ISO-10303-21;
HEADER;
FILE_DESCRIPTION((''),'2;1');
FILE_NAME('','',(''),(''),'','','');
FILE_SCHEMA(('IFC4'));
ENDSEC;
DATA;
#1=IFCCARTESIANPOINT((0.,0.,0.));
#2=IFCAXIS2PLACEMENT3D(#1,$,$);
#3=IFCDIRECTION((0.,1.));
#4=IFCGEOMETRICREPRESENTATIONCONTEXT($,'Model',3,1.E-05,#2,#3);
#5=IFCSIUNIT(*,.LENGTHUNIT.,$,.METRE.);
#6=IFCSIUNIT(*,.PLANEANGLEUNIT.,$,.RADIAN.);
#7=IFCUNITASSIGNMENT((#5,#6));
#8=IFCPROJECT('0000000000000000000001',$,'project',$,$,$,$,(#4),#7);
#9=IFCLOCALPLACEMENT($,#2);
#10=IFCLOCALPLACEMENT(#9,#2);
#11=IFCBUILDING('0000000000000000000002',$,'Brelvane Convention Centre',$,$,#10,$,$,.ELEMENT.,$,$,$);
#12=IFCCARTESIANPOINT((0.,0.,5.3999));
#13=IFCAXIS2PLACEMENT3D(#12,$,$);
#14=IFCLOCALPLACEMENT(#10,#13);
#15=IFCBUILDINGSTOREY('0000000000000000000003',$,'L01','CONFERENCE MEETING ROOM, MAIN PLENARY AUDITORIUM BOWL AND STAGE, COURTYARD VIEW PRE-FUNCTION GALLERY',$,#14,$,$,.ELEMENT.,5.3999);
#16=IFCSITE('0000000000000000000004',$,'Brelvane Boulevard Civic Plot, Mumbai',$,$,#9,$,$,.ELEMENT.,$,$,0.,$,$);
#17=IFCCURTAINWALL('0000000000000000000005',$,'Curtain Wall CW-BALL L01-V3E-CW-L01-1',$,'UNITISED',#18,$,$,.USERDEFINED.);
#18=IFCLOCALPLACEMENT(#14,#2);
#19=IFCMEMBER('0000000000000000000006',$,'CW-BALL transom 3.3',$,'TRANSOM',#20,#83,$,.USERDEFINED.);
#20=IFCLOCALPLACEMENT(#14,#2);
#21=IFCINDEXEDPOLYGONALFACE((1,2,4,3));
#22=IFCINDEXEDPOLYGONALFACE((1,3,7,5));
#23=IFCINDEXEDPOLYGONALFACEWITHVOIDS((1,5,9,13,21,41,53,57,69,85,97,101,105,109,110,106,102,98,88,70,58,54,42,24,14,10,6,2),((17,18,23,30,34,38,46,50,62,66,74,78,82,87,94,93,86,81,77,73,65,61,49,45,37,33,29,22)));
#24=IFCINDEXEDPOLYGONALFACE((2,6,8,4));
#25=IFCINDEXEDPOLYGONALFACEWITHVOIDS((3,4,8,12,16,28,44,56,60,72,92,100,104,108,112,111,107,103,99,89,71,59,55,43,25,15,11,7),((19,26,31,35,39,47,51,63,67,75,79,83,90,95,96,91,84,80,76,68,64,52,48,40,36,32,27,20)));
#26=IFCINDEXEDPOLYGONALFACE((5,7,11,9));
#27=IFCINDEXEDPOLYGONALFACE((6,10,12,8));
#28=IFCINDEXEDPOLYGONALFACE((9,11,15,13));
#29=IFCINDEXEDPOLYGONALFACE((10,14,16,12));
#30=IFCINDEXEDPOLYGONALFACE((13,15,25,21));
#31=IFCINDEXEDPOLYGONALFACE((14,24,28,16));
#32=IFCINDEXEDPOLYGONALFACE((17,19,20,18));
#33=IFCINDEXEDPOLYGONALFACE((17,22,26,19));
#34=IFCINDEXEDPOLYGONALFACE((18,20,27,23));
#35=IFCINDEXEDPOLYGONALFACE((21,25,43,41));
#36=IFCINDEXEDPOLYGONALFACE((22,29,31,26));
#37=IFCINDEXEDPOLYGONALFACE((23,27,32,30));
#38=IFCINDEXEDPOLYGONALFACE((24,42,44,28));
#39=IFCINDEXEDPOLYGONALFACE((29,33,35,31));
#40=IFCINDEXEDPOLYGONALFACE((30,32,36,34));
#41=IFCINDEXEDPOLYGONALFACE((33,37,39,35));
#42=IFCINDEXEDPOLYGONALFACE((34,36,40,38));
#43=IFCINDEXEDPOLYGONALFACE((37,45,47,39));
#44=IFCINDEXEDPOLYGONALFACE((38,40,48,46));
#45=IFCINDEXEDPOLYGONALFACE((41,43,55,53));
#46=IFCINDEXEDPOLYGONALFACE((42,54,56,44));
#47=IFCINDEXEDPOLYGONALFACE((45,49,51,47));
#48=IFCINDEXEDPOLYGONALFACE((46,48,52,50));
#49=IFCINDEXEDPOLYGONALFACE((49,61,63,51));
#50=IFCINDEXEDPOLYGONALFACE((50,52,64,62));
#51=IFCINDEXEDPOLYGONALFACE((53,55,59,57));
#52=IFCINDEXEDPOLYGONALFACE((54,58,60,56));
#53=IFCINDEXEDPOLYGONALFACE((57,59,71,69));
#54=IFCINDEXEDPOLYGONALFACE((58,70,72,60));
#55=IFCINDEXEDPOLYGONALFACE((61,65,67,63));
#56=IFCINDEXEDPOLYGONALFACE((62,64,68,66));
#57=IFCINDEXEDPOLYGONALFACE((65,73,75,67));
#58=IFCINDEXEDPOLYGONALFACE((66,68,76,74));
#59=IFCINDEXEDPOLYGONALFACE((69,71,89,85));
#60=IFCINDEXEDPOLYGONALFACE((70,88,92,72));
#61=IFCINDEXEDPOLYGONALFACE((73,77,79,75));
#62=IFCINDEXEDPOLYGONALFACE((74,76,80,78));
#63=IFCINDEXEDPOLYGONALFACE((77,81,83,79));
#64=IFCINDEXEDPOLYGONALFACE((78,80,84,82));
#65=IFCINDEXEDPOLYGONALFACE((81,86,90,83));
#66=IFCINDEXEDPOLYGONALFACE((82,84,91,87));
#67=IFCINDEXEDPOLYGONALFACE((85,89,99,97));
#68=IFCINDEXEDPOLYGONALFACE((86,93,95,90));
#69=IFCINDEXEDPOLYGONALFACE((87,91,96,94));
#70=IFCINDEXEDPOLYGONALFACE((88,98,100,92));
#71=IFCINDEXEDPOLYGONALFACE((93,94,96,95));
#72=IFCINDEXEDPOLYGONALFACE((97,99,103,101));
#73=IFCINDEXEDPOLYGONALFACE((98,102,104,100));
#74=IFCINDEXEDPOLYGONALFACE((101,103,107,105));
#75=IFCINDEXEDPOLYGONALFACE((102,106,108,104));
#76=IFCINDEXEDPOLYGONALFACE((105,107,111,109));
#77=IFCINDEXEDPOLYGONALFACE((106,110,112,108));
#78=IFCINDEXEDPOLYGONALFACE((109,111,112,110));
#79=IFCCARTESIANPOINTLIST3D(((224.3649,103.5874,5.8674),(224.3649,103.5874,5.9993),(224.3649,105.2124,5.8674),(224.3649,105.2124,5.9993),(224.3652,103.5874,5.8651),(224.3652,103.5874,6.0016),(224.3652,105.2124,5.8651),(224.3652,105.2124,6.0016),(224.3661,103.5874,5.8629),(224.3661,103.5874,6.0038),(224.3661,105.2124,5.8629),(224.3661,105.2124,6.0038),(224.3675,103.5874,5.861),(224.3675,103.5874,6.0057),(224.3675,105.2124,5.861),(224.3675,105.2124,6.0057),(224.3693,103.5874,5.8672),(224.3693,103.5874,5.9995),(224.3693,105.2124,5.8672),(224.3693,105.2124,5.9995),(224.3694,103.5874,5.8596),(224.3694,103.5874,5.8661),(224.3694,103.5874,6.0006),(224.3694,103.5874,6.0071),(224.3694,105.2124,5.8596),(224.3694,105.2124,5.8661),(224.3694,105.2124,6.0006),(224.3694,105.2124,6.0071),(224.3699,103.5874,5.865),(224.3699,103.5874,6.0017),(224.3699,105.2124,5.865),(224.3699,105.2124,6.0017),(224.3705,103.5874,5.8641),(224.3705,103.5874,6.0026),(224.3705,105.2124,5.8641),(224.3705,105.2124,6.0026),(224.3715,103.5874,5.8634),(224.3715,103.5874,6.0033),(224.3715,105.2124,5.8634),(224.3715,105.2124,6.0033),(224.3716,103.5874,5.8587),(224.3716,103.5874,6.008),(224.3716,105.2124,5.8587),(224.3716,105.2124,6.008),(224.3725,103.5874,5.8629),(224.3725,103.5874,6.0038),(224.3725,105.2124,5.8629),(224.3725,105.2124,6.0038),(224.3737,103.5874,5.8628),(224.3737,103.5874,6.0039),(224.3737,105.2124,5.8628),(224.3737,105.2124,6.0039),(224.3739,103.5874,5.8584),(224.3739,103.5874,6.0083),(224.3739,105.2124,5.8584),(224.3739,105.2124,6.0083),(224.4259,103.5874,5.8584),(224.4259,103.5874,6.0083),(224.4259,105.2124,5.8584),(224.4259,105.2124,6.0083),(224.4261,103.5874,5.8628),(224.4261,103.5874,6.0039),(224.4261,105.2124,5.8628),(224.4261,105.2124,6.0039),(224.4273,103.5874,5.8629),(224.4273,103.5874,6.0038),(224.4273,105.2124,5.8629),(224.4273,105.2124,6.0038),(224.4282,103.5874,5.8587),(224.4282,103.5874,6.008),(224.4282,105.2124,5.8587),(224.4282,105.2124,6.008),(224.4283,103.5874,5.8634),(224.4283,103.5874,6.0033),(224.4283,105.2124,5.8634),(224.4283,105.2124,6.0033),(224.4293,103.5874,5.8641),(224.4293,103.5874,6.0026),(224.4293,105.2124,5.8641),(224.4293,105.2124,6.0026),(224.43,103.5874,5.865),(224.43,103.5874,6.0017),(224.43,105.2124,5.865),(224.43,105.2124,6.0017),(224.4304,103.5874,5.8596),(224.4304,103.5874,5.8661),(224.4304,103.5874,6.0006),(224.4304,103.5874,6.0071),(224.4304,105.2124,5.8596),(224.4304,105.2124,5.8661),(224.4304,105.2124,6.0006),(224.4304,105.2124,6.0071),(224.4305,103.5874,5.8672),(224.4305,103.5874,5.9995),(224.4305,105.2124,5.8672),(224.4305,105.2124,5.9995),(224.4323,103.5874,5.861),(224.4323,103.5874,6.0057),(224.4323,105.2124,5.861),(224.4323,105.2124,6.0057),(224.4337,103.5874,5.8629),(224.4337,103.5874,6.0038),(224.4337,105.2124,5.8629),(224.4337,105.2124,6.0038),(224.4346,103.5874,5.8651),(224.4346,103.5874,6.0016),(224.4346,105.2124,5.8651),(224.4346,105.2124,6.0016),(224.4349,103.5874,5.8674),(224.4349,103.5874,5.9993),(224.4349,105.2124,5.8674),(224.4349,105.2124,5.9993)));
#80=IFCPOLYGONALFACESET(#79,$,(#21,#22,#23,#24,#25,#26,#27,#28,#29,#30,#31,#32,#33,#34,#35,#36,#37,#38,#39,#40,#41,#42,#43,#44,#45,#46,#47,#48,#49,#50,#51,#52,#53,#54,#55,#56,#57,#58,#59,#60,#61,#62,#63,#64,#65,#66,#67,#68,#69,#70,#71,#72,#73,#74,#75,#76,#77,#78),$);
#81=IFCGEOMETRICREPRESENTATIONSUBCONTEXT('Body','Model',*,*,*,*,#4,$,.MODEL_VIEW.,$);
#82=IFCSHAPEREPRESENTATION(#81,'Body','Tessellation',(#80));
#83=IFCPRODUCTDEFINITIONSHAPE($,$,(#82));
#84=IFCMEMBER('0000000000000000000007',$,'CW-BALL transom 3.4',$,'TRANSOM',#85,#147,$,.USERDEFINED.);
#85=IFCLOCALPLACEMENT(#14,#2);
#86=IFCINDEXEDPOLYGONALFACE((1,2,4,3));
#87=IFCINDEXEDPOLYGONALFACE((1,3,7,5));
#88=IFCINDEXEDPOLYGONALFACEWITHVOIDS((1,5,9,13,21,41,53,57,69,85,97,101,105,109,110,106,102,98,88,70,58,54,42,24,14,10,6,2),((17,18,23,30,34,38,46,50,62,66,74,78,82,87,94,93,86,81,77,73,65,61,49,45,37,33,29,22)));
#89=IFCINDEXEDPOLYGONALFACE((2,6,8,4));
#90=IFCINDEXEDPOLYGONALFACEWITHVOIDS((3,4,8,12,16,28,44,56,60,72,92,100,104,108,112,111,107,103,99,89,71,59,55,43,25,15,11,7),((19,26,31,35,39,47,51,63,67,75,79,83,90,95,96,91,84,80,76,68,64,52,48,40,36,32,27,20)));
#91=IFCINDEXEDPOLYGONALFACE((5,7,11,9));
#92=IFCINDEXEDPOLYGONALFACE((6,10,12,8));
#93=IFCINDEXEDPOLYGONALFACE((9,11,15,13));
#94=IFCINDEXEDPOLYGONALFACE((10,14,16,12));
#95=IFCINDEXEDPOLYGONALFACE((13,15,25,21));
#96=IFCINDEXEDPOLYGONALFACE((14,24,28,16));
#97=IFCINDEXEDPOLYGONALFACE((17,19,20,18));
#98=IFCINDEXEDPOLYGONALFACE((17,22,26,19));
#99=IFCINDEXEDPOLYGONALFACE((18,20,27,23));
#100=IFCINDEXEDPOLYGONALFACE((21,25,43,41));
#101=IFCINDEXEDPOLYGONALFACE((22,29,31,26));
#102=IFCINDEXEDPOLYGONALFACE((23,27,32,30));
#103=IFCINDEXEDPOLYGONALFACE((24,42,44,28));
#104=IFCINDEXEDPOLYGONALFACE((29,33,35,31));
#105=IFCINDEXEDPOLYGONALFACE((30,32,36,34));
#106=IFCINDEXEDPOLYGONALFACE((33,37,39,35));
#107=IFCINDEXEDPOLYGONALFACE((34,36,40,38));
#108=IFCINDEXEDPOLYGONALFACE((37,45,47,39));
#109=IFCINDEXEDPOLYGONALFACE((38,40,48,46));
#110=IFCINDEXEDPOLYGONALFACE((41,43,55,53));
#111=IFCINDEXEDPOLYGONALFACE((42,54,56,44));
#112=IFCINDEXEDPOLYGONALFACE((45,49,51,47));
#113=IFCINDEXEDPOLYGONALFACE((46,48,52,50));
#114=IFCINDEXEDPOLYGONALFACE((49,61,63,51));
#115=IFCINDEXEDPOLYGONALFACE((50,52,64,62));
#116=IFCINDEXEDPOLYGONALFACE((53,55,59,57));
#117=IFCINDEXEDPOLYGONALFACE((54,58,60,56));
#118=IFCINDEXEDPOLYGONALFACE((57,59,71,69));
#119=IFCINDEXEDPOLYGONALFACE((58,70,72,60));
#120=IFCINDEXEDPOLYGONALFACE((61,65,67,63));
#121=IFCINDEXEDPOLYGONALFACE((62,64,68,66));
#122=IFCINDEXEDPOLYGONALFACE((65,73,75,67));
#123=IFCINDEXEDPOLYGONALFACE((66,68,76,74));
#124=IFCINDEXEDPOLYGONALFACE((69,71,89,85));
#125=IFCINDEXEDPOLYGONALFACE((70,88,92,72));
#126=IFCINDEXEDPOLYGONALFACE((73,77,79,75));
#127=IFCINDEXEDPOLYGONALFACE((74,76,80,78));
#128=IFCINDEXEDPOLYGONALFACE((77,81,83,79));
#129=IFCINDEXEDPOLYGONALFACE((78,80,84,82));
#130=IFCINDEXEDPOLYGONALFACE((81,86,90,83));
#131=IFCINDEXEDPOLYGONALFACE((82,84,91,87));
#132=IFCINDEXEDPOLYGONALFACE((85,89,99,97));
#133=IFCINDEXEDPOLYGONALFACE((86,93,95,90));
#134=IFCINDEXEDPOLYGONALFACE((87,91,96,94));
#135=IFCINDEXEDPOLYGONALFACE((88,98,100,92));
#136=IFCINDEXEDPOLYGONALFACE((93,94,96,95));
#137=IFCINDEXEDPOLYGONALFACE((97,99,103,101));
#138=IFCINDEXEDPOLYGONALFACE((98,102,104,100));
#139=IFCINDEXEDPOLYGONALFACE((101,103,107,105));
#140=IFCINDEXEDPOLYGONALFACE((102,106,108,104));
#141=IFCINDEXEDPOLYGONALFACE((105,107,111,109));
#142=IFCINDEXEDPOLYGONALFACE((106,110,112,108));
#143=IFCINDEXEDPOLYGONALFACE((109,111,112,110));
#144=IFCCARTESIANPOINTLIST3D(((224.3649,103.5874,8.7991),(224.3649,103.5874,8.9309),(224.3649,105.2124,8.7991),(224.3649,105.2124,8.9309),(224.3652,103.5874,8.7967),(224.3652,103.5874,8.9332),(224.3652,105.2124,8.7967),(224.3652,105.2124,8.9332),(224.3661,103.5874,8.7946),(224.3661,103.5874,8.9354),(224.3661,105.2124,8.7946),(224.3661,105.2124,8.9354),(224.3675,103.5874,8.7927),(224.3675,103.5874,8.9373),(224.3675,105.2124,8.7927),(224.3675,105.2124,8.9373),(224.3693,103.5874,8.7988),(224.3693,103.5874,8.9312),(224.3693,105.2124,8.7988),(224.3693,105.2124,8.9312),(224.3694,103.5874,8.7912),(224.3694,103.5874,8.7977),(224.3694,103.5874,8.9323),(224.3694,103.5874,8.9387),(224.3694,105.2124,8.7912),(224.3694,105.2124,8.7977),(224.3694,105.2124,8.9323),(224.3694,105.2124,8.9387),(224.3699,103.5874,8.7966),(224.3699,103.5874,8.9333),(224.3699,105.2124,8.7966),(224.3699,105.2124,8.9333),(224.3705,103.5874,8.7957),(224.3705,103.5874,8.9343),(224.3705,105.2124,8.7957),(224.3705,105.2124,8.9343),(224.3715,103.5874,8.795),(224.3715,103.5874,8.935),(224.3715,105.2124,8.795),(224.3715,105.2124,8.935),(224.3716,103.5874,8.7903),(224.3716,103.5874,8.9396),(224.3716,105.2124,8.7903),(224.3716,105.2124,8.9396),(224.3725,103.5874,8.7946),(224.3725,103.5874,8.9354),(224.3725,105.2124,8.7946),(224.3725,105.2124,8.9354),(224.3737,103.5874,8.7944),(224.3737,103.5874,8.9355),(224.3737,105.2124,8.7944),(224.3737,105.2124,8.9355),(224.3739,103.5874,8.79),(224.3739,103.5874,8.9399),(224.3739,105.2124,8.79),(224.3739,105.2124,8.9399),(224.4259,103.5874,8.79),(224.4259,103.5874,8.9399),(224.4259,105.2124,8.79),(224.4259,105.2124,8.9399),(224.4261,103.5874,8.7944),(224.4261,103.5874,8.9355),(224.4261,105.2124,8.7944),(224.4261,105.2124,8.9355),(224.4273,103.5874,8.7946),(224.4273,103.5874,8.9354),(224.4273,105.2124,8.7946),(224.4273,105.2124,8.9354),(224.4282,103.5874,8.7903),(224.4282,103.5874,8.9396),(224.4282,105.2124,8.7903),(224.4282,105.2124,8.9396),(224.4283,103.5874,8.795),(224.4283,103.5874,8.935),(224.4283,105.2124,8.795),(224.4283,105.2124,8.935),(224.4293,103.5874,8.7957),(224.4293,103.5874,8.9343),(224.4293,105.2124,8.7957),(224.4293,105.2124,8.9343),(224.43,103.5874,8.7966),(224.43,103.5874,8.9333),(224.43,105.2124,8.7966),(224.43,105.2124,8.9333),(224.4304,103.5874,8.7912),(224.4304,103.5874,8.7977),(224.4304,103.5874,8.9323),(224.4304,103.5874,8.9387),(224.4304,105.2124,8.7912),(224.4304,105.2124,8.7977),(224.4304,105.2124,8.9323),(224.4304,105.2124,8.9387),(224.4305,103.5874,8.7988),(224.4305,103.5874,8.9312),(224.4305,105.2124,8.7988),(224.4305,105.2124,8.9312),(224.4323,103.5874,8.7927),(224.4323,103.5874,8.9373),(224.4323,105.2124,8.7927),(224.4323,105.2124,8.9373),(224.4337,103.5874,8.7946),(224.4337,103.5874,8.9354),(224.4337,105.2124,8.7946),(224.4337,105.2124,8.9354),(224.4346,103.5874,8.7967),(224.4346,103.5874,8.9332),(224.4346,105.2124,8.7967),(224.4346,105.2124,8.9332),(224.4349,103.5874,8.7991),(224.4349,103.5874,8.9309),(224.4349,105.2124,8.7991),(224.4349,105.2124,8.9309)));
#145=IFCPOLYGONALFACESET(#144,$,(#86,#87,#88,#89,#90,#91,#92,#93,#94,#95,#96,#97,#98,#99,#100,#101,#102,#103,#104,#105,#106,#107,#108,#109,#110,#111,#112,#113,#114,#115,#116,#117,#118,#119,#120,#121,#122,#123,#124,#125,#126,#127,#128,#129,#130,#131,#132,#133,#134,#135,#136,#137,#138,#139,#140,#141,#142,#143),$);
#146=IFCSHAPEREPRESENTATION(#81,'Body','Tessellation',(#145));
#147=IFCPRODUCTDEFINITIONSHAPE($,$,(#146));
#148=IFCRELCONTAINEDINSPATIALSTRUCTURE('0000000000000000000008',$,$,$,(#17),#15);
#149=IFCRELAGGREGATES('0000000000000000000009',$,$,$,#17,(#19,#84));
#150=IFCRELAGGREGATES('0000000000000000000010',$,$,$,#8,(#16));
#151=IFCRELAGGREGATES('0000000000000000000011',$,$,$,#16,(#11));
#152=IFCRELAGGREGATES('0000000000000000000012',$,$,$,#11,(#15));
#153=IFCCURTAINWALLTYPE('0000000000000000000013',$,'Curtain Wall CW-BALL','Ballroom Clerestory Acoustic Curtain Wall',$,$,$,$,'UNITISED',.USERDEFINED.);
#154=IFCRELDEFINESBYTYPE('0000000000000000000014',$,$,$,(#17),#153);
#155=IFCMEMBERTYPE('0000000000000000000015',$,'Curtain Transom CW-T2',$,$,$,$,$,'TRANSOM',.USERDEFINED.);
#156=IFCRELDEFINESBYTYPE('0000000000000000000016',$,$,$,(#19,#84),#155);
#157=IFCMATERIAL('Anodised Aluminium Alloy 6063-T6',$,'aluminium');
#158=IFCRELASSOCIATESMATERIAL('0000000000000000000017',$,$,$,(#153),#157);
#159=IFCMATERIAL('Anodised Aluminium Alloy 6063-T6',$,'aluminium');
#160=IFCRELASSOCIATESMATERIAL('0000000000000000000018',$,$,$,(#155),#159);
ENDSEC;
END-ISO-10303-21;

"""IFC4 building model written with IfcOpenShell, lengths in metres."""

from ifc_helpers import new_model, si_unit, direction, frame, origin, origin_2d, place, context, subcontext, project, spatial, hollow_rectangle, extrude, material, material_profile, profile_set, type_object, element, aggregate, save


model = new_model("IFC4")

# Units and contexts
model_context = context("Model", 3, precision=1e-05, world=origin(), true_north=direction((0.0, 1.0)))
body_context = subcontext(model_context, "Body", "Model", "MODEL_VIEW")
ifc_project = project(units=[si_unit("LENGTHUNIT", "METRE"), si_unit("PLANEANGLEUNIT", "RADIAN")], contexts=[model_context])

# Site, building, storey
site_placement = place(None, origin())
site = spatial("IfcSite", under=ifc_project, at=site_placement, Name="Brelvane Boulevard Civic Plot, Mumbai", CompositionType="ELEMENT", RefElevation=0.0)
building_placement = place(site_placement, origin())
building = spatial("IfcBuilding", under=site, at=building_placement, Name="Brelvane Convention Centre", CompositionType="ELEMENT")
storey_placement = place(building_placement, frame((0.0, 0.0, 5.3999)))
storey = spatial("IfcBuildingStorey", under=building, at=storey_placement, Name="L01", Description="CONFERENCE MEETING ROOM, MAIN PLENARY AUDITORIUM BOWL AND STAGE, COURTYARD VIEW PRE-FUNCTION GALLERY", CompositionType="ELEMENT", Elevation=5.3999)

# Curtain wall, members
ifc_material_1 = material(Name="Anodised Aluminium Alloy 6063-T6", Category="aluminium")
curtain_wall_type = type_object("IfcCurtainWallType", Name="Curtain Wall CW-BALL", Description="Ballroom Clerestory Acoustic Curtain Wall", ElementType="UNITISED", PredefinedType="USERDEFINED", material=ifc_material_1)
curtain_wall_placement = place(storey_placement, origin())
curtain_wall = element("IfcCurtainWall", 1, at=curtain_wall_placement, inside=storey, type_object=curtain_wall_type, Name="Curtain Wall CW-BALL L01-V3E-CW-L01-1", ObjectType="UNITISED", PredefinedType="USERDEFINED")
ifc_material_2 = material(Name="Anodised Aluminium Alloy 6063-T6", Category="aluminium")
ifc_material_profile_1 = material_profile(ifc_material_2, hollow_rectangle(XDim=0.0701, YDim=0.1499, WallThickness=0.0044, InnerFilletRadius=0.0044, OuterFilletRadius=0.009, at=origin_2d()), Name="ALU-T 150x70x4.5")
ifc_profile_set_1 = profile_set([ifc_material_profile_1], Name="Anodised Aluminium Alloy 6063-T6")
member_type_1 = type_object("IfcMemberType", Name="Curtain Transom CW-T2", ElementType="TRANSOM", PredefinedType="USERDEFINED", material=ifc_profile_set_1)
member_1_placement = place(storey_placement, frame((224.3999, 103.5874, 5.9333), z_axis=(0.0, 1.0, 0.0), x_axis=(-1.0, 0.0, 0.0)))
member_1 = element("IfcMember", 2, at=member_1_placement, type_object=member_type_1, Name="CW-BALL transom 3.3", ObjectType="TRANSOM", PredefinedType="USERDEFINED", context=body_context, shape_type="SweptSolid", body=[
    extrude(hollow_rectangle(XDim=0.0701, YDim=0.1499, WallThickness=0.0044, InnerFilletRadius=0.0044, OuterFilletRadius=0.009, at=origin_2d()), origin(), (0.0, 0.0, 1.0), 1.625),
])
member_2_placement = place(storey_placement, frame((224.3999, 103.5874, 8.865), z_axis=(0.0, 1.0, 0.0), x_axis=(-1.0, 0.0, 0.0)))
member_2 = element("IfcMember", 3, at=member_2_placement, type_object=member_type_1, Name="CW-BALL transom 3.4", ObjectType="TRANSOM", PredefinedType="USERDEFINED", context=body_context, shape_type="SweptSolid", body=[
    extrude(hollow_rectangle(XDim=0.0701, YDim=0.1499, WallThickness=0.0044, InnerFilletRadius=0.0044, OuterFilletRadius=0.009, at=origin_2d()), origin(), (0.0, 0.0, 1.0), 1.625),
])

aggregate(curtain_wall, [member_1, member_2])

save(model, "model.ifc")
